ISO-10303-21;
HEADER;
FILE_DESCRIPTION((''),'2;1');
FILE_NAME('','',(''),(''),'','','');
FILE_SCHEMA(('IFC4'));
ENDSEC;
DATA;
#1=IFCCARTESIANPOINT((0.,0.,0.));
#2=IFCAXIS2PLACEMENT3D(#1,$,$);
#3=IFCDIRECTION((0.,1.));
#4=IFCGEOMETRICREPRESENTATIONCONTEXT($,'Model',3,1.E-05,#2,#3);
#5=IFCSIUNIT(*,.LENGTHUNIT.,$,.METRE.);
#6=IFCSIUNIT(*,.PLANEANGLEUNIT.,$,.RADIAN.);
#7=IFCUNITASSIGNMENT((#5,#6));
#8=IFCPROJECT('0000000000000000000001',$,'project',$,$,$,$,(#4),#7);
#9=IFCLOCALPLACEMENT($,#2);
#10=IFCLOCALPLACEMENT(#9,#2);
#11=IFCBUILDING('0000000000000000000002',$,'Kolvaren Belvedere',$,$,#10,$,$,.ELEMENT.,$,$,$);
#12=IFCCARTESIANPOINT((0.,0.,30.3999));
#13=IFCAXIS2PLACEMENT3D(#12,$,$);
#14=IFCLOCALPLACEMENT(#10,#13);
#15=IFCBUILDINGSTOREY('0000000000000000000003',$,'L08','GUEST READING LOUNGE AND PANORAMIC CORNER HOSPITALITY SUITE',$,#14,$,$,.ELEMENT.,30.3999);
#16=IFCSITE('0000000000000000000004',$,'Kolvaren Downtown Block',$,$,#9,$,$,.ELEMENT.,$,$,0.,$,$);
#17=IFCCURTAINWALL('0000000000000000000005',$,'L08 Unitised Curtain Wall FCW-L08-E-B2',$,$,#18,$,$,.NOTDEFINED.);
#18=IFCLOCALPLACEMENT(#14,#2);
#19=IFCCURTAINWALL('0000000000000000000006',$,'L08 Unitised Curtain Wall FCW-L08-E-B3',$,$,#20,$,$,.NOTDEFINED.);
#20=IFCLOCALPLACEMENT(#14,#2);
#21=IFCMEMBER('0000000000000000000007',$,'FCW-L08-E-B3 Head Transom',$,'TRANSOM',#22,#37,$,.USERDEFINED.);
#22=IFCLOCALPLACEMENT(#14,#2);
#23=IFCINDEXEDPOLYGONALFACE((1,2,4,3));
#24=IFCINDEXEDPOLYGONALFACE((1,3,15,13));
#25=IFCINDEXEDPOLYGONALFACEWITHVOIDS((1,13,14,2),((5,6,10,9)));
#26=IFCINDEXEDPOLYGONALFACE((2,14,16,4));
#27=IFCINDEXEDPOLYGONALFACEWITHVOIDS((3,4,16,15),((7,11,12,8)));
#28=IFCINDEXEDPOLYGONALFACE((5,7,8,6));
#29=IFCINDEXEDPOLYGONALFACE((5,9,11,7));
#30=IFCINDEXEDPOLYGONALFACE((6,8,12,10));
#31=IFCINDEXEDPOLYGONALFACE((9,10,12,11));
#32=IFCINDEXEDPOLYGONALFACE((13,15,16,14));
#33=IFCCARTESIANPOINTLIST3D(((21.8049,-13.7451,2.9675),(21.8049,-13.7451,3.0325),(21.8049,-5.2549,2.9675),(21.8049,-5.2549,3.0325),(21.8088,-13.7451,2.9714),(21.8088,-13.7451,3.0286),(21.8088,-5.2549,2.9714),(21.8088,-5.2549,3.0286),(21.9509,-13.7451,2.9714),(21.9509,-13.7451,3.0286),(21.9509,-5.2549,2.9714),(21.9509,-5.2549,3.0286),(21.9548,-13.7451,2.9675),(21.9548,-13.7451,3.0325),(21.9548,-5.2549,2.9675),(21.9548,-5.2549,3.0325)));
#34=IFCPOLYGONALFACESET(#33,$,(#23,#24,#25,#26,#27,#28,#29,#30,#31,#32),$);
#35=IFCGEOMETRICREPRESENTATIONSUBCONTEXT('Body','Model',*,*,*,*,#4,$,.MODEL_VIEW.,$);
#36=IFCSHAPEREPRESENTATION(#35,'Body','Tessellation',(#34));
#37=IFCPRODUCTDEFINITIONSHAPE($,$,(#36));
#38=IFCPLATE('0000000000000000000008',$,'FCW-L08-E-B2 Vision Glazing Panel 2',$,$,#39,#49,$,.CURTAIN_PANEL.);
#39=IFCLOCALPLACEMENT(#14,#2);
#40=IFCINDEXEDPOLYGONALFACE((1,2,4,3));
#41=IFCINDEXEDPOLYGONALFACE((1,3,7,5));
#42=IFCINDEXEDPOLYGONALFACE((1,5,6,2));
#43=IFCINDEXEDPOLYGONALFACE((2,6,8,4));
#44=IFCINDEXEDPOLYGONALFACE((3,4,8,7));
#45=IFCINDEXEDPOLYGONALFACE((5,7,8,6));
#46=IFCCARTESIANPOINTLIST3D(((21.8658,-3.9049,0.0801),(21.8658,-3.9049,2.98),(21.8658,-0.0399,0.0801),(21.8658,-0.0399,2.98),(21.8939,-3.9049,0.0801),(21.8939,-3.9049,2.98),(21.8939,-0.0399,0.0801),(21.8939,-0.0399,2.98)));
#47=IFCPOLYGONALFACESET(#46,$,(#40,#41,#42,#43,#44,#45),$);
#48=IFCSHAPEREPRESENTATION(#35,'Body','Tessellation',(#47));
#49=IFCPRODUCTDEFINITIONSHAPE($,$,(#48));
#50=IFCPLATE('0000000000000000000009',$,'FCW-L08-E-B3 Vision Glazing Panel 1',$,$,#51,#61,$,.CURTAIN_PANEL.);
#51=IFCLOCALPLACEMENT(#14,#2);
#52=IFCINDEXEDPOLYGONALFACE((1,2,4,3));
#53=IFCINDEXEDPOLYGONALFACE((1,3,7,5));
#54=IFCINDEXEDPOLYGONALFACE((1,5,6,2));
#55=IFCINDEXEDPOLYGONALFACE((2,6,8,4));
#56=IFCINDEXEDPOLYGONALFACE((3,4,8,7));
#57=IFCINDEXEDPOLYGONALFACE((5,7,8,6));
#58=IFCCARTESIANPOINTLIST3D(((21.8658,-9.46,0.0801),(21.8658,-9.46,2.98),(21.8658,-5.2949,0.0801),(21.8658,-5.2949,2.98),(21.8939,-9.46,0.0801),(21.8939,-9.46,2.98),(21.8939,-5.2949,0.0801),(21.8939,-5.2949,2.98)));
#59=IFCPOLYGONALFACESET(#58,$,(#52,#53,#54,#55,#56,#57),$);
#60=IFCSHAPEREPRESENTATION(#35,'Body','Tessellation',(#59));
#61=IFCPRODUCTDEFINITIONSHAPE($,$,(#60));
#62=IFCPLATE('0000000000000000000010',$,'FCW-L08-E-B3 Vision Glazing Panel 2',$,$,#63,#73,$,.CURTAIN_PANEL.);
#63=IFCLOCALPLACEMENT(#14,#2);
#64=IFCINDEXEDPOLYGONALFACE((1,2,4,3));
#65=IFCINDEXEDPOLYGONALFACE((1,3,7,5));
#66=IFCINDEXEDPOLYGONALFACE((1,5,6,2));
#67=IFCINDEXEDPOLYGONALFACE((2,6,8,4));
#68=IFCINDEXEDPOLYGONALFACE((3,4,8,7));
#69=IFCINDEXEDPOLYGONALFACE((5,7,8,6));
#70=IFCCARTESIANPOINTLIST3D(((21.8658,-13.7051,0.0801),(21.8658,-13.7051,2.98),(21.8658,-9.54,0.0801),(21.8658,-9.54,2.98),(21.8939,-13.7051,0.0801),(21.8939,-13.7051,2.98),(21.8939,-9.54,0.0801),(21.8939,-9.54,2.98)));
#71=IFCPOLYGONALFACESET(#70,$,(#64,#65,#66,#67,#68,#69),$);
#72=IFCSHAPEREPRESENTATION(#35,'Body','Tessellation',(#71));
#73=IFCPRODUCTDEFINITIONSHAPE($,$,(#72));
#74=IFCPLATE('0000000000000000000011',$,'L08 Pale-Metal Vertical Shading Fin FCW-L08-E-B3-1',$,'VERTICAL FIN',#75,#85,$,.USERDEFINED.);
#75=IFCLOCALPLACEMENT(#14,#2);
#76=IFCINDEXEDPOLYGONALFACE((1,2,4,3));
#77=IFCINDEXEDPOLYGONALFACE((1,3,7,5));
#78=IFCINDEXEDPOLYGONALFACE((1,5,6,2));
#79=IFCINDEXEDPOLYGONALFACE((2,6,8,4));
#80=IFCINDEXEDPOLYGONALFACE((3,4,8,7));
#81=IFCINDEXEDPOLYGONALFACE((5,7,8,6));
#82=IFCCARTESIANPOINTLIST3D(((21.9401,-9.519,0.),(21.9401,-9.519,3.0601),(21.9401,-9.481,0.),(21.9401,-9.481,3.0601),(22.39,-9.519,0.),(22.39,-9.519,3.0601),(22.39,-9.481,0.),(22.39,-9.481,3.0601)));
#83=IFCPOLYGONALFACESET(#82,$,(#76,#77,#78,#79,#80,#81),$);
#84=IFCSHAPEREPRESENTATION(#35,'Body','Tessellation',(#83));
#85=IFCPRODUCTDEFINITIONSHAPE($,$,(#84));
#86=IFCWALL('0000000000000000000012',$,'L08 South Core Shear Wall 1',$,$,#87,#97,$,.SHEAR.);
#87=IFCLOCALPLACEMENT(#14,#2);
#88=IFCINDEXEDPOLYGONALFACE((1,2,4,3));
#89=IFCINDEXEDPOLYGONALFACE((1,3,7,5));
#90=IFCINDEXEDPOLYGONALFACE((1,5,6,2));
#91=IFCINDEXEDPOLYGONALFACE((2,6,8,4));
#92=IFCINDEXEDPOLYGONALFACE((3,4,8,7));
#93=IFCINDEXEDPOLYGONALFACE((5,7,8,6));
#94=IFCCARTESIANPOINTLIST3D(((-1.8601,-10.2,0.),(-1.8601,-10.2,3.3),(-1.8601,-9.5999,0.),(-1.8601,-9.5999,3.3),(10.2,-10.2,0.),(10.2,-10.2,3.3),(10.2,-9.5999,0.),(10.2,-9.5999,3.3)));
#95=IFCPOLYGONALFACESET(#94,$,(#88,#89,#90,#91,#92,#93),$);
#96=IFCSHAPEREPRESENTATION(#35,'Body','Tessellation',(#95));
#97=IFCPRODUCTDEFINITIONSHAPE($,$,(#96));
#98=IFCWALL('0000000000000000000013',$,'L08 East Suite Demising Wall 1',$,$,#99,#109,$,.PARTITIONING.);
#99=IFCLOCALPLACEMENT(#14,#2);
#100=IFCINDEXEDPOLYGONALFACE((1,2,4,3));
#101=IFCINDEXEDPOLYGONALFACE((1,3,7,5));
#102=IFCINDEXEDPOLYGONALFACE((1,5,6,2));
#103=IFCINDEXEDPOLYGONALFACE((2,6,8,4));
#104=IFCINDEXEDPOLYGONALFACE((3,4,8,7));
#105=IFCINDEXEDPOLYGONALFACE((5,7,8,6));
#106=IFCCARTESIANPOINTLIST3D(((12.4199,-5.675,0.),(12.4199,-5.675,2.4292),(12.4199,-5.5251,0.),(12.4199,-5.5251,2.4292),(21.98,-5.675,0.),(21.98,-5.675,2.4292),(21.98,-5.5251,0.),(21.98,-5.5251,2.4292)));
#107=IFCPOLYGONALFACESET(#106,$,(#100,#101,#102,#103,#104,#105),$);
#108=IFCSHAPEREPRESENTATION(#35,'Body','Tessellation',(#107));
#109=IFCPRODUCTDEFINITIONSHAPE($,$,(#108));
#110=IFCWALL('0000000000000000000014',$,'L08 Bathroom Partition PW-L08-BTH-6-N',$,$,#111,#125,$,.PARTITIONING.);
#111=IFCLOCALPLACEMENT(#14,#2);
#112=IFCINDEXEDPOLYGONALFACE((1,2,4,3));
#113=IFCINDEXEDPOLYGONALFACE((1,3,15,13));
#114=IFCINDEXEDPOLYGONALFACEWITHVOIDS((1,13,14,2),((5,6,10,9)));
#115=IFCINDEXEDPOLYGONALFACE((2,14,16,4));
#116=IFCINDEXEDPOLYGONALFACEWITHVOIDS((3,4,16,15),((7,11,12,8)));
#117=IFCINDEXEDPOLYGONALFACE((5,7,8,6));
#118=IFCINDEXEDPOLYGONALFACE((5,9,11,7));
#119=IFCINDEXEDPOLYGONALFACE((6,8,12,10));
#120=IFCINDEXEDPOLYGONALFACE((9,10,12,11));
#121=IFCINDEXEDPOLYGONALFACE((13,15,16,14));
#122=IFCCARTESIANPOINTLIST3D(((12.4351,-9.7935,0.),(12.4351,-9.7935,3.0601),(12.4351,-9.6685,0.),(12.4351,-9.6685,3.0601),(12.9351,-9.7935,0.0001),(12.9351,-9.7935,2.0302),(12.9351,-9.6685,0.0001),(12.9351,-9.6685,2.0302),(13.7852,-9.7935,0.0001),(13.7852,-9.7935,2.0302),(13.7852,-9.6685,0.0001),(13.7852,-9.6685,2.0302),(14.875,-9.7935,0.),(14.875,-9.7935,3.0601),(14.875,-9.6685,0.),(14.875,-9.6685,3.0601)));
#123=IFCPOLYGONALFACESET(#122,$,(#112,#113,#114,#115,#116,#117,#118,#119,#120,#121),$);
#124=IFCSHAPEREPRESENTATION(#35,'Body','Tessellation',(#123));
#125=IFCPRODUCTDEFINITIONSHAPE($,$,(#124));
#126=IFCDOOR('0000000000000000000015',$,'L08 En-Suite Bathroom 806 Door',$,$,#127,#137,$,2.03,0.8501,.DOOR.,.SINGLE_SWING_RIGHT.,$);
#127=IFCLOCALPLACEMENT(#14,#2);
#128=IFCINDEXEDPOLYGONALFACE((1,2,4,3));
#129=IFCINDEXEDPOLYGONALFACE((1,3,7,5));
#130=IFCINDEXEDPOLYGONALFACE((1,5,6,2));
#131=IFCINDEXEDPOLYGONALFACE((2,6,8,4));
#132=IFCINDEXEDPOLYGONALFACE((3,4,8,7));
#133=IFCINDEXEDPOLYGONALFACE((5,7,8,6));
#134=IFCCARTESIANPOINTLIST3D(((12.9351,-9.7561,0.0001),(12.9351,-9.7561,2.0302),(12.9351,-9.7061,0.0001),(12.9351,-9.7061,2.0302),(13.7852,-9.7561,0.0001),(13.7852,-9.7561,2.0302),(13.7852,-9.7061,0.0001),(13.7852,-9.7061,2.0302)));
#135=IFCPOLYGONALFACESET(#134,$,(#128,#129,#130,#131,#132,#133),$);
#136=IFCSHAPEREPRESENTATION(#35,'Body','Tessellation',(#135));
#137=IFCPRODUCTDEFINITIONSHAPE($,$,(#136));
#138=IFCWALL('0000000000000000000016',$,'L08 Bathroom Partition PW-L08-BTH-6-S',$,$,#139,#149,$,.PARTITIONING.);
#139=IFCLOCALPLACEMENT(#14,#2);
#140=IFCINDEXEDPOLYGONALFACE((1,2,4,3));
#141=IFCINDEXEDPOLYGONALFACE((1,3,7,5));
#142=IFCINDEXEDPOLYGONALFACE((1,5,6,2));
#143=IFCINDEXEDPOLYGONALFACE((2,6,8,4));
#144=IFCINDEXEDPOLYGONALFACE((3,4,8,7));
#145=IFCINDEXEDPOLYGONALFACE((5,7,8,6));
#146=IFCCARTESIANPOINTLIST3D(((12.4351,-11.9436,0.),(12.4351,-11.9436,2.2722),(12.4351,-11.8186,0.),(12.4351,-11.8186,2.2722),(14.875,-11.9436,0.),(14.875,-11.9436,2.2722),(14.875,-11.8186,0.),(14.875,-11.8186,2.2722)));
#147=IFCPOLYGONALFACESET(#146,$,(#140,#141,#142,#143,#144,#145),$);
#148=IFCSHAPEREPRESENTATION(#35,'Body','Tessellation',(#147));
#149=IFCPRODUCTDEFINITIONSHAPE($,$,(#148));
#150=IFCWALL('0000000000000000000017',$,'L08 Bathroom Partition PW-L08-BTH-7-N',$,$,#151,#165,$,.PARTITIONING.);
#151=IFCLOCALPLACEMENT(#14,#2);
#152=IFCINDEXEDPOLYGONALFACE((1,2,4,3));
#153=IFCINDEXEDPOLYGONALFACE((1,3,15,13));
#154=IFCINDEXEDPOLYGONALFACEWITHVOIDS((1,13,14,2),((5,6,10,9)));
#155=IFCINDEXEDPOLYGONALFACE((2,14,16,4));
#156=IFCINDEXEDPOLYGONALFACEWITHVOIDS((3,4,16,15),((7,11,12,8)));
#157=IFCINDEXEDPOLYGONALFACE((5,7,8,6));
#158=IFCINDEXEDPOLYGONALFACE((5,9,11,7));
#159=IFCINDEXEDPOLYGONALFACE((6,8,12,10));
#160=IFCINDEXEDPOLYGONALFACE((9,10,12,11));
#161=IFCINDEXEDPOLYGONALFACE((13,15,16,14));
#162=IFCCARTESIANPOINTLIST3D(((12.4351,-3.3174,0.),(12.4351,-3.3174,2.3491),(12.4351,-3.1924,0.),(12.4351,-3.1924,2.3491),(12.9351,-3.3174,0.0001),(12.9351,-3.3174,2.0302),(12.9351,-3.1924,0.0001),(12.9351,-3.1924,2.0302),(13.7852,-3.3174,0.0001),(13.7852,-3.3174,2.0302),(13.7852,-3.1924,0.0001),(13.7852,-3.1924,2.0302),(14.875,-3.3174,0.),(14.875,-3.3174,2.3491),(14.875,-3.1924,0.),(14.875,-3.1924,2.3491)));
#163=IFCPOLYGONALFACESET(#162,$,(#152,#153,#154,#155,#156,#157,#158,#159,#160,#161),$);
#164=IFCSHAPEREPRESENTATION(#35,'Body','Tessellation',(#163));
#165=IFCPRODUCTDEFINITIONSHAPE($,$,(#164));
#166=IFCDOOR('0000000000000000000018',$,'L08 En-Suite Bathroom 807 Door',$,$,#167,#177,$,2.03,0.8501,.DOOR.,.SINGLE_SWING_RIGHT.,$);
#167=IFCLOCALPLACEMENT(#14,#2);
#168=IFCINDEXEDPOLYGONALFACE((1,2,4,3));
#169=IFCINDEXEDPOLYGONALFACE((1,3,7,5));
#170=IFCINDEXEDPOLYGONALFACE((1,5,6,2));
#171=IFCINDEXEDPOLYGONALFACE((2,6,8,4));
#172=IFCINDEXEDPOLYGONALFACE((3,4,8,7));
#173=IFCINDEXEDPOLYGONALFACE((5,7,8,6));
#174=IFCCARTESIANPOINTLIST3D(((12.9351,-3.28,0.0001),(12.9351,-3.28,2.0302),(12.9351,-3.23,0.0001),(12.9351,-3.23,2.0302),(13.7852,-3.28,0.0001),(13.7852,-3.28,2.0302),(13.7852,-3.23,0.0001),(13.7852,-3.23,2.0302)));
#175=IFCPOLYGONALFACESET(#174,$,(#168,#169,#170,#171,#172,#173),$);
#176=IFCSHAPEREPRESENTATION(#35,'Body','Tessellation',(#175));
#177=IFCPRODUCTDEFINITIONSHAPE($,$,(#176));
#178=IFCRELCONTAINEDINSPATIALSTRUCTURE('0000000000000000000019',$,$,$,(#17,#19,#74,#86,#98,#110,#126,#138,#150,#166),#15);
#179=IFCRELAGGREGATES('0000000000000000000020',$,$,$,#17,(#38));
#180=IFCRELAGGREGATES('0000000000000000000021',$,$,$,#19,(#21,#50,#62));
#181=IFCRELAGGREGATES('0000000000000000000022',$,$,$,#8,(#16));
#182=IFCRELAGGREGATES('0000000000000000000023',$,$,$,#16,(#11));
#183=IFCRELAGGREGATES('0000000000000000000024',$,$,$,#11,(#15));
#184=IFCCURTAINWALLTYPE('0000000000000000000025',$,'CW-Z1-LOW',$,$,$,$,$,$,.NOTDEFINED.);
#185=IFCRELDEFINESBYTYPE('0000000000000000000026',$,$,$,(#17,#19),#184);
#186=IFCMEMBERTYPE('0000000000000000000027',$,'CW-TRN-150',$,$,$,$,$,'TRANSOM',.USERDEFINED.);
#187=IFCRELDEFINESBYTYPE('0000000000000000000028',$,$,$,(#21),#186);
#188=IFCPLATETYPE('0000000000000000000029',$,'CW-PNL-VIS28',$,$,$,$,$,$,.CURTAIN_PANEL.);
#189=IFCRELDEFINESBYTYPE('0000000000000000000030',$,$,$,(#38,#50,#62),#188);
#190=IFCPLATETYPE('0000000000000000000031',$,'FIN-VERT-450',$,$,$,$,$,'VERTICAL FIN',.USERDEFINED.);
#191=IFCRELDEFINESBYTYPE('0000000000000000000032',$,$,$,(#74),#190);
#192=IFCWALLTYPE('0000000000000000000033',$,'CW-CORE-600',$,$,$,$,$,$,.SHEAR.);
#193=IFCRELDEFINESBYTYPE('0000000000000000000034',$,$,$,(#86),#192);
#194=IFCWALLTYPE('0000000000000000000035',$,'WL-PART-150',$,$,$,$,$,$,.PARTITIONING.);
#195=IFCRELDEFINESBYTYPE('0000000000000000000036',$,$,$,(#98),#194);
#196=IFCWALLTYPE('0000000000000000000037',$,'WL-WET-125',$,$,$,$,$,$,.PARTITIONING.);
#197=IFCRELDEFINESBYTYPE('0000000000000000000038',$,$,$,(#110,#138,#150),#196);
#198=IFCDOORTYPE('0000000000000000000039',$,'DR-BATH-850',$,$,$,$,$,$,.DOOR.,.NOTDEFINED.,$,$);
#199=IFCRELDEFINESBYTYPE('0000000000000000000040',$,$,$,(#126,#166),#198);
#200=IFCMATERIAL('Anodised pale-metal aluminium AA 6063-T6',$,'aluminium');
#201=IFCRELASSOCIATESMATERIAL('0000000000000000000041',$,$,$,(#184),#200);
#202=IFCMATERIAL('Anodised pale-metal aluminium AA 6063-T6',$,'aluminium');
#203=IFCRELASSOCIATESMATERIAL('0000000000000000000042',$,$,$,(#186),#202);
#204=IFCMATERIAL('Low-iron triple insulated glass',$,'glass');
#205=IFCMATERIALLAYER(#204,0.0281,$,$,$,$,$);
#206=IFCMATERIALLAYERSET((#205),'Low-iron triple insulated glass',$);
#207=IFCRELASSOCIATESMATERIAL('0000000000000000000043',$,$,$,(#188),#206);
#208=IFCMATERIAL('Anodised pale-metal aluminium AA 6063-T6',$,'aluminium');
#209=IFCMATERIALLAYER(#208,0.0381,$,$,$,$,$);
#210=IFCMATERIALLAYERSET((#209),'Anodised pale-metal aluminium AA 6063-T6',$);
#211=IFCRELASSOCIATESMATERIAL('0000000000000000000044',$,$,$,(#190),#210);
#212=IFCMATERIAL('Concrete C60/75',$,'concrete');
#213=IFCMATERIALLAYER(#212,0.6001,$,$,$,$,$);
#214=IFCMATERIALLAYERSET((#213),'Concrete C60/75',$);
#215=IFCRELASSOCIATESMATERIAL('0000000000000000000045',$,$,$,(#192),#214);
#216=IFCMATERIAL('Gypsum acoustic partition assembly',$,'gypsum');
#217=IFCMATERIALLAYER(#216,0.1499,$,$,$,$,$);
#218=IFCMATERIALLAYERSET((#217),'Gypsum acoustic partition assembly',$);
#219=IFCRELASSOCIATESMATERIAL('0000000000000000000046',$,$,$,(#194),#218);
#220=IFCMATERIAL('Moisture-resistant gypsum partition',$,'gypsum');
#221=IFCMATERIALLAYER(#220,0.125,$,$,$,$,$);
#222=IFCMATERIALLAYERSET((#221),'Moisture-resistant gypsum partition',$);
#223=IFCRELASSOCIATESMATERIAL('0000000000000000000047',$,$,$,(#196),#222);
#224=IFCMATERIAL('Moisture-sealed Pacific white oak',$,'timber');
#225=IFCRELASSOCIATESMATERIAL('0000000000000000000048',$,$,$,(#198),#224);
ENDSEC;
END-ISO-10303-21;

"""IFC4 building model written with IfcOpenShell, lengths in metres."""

from ifc_helpers import new_model, si_unit, direction, frame, frame_2d, origin, origin_2d, place, context, subcontext, project, spatial, rectangle, hollow_rectangle, extrude, material, layer, layer_set, material_profile, profile_set, type_object, element, fill, aggregate, save


model = new_model("IFC4")

# Units and contexts
model_context = context("Model", 3, precision=1e-05, world=origin(), true_north=direction((0.0, 1.0)))
body_context = subcontext(model_context, "Body", "Model", "MODEL_VIEW")
ifc_project = project(units=[si_unit("LENGTHUNIT", "METRE"), si_unit("PLANEANGLEUNIT", "RADIAN")], contexts=[model_context])

# Site, building, storey
site_placement = place(None, origin())
site = spatial("IfcSite", under=ifc_project, at=site_placement, Name="Kolvaren Downtown Block", CompositionType="ELEMENT", RefElevation=0.0)
building_placement = place(site_placement, origin())
building = spatial("IfcBuilding", under=site, at=building_placement, Name="Kolvaren Belvedere", CompositionType="ELEMENT")
storey_placement = place(building_placement, frame((0.0, 0.0, 30.3999)))
storey = spatial("IfcBuildingStorey", under=building, at=storey_placement, Name="L08", Description="GUEST READING LOUNGE AND PANORAMIC CORNER HOSPITALITY SUITE", CompositionType="ELEMENT", Elevation=30.3999)

# Curtain walls, member
ifc_material_1 = material(Name="Anodised pale-metal aluminium AA 6063-T6", Category="aluminium")
curtain_wall_type = type_object("IfcCurtainWallType", Name="CW-Z1-LOW", PredefinedType="NOTDEFINED", material=ifc_material_1)
curtain_wall_1_placement = place(storey_placement, origin())
curtain_wall_1 = element("IfcCurtainWall", 1, at=curtain_wall_1_placement, inside=storey, type_object=curtain_wall_type, Name="L08 Unitised Curtain Wall FCW-L08-E-B2", PredefinedType="NOTDEFINED")
curtain_wall_2_placement = place(storey_placement, origin())
curtain_wall_2 = element("IfcCurtainWall", 2, at=curtain_wall_2_placement, inside=storey, type_object=curtain_wall_type, Name="L08 Unitised Curtain Wall FCW-L08-E-B3", PredefinedType="NOTDEFINED")
ifc_material_2 = material(Name="Anodised pale-metal aluminium AA 6063-T6", Category="aluminium")
ifc_material_profile_1 = material_profile(ifc_material_2, hollow_rectangle(XDim=0.0649, YDim=0.1499, WallThickness=0.0039, at=origin_2d()), Name="ALU-TRN-150X65")
ifc_profile_set_1 = profile_set([ifc_material_profile_1], Name="Anodised pale-metal aluminium AA 6063-T6")
member_type_1 = type_object("IfcMemberType", Name="CW-TRN-150", ElementType="TRANSOM", PredefinedType="USERDEFINED", material=ifc_profile_set_1)
member_1_placement = place(storey_placement, frame((21.8799, -5.2549, 3.0), z_axis=(0.0, -1.0, 0.0), x_axis=(0.0, 0.0, 1.0)))
member_1 = element("IfcMember", 3, at=member_1_placement, type_object=member_type_1, Name="FCW-L08-E-B3 Head Transom", ObjectType="TRANSOM", PredefinedType="USERDEFINED", context=body_context, shape_type="SweptSolid", body=[
    extrude(hollow_rectangle(XDim=0.0649, YDim=0.1499, WallThickness=0.0039, at=origin_2d()), origin(), (0.0, 0.0, 1.0), 8.4902),
])

# Plates
ifc_material_3 = material(Name="Low-iron triple insulated glass", Category="glass")
ifc_layer_1 = layer(ifc_material_3, 0.0281)
ifc_layer_set_1 = layer_set([ifc_layer_1], Name="Low-iron triple insulated glass")
plate_type_1 = type_object("IfcPlateType", Name="CW-PNL-VIS28", PredefinedType="CURTAIN_PANEL", material=ifc_layer_set_1)
plate_1_placement = place(storey_placement, frame((21.8799, -1.9724, 0.0801), z_axis=(0.0, 0.0, 1.0), x_axis=(0.0, -1.0, 0.0)))
plate_1 = element("IfcPlate", 4, at=plate_1_placement, type_object=plate_type_1, Name="FCW-L08-E-B2 Vision Glazing Panel 2", PredefinedType="CURTAIN_PANEL", context=body_context, shape_type="SweptSolid", body=[
    extrude(rectangle(XDim=3.865, YDim=0.0281, at=origin_2d()), origin(), (0.0, 0.0, 1.0), 2.8999),
])
aggregate(curtain_wall_1, [plate_1])
plate_2_placement = place(storey_placement, frame((21.8799, -7.3774, 0.0801), z_axis=(0.0, 0.0, 1.0), x_axis=(0.0, -1.0, 0.0)))
plate_2 = element("IfcPlate", 5, at=plate_2_placement, type_object=plate_type_1, Name="FCW-L08-E-B3 Vision Glazing Panel 1", PredefinedType="CURTAIN_PANEL", context=body_context, shape_type="SweptSolid", body=[
    extrude(rectangle(XDim=4.165, YDim=0.0281, at=origin_2d()), origin(), (0.0, 0.0, 1.0), 2.8999),
])
plate_3_placement = place(storey_placement, frame((21.8799, -11.6226, 0.0801), z_axis=(0.0, 0.0, 1.0), x_axis=(0.0, -1.0, 0.0)))
plate_3 = element("IfcPlate", 6, at=plate_3_placement, type_object=plate_type_1, Name="FCW-L08-E-B3 Vision Glazing Panel 2", PredefinedType="CURTAIN_PANEL", context=body_context, shape_type="SweptSolid", body=[
    extrude(rectangle(XDim=4.165, YDim=0.0281, at=origin_2d()), origin(), (0.0, 0.0, 1.0), 2.8999),
])
aggregate(curtain_wall_2, [member_1, plate_2, plate_3])
ifc_material_4 = material(Name="Anodised pale-metal aluminium AA 6063-T6", Category="aluminium")
ifc_layer_2 = layer(ifc_material_4, 0.0381)
ifc_layer_set_2 = layer_set([ifc_layer_2], Name="Anodised pale-metal aluminium AA 6063-T6")
plate_type_2 = type_object("IfcPlateType", Name="FIN-VERT-450", ElementType="VERTICAL FIN", PredefinedType="USERDEFINED", material=ifc_layer_set_2)
plate_4_placement = place(storey_placement, frame((22.165, -9.5, 0.0), z_axis=(0.0, 0.0, 1.0), x_axis=(1.0, 0.0, 0.0)))
element("IfcPlate", 7, at=plate_4_placement, inside=storey, type_object=plate_type_2, Name="L08 Pale-Metal Vertical Shading Fin FCW-L08-E-B3-1", ObjectType="VERTICAL FIN", PredefinedType="USERDEFINED", context=body_context, shape_type="SweptSolid", body=[
    extrude(rectangle(XDim=0.45, YDim=0.0381, at=origin_2d()), origin(), (0.0, 0.0, 1.0), 3.0601),
])

# Walls
ifc_material_5 = material(Name="Concrete C60/75", Category="concrete")
ifc_layer_3 = layer(ifc_material_5, 0.6001)
ifc_layer_set_3 = layer_set([ifc_layer_3], Name="Concrete C60/75")
wall_type_1 = type_object("IfcWallType", Name="CW-CORE-600", PredefinedType="SHEAR", material=ifc_layer_set_3)
wall_1_placement = place(storey_placement, frame((10.2, -9.8999, 0.0), z_axis=(0.0, 0.0, 1.0), x_axis=(-1.0, 0.0, 0.0)))
element("IfcWall", 8, at=wall_1_placement, inside=storey, type_object=wall_type_1, Name="L08 South Core Shear Wall 1", PredefinedType="SHEAR", context=body_context, shape_type="SweptSolid", body=[
    extrude(rectangle(XDim=12.0601, YDim=0.6001, at=frame_2d((6.03, 0.0))), origin(), (0.0, 0.0, 1.0), 3.3),
])
ifc_material_6 = material(Name="Gypsum acoustic partition assembly", Category="gypsum")
ifc_layer_4 = layer(ifc_material_6, 0.1499)
ifc_layer_set_4 = layer_set([ifc_layer_4], Name="Gypsum acoustic partition assembly")
wall_type_2 = type_object("IfcWallType", Name="WL-PART-150", PredefinedType="PARTITIONING", material=ifc_layer_set_4)
wall_2_placement = place(storey_placement, frame((12.4199, -5.6001, 0.0), z_axis=(0.0, 0.0, 1.0), x_axis=(1.0, 0.0, 0.0)))
element("IfcWall", 9, at=wall_2_placement, inside=storey, type_object=wall_type_2, Name="L08 East Suite Demising Wall 1", PredefinedType="PARTITIONING", context=body_context, shape_type="SweptSolid", body=[
    extrude(rectangle(XDim=9.5601, YDim=0.1499, at=frame_2d((4.78, 0.0))), origin(), (0.0, 0.0, 1.0), 2.4292),
])

# Wall, opening, door
ifc_material_7 = material(Name="Moisture-resistant gypsum partition", Category="gypsum")
ifc_layer_5 = layer(ifc_material_7, 0.125)
ifc_layer_set_5 = layer_set([ifc_layer_5], Name="Moisture-resistant gypsum partition")
wall_type_3 = type_object("IfcWallType", Name="WL-WET-125", PredefinedType="PARTITIONING", material=ifc_layer_set_5)
wall_3_placement = place(storey_placement, frame((12.4351, -9.731, 0.0), z_axis=(0.0, 0.0, 1.0), x_axis=(1.0, 0.0, 0.0)))
wall_3 = element("IfcWall", 10, at=wall_3_placement, inside=storey, type_object=wall_type_3, Name="L08 Bathroom Partition PW-L08-BTH-6-N", PredefinedType="PARTITIONING", context=body_context, shape_type="SweptSolid", body=[
    extrude(rectangle(XDim=2.4399, YDim=0.125, at=frame_2d((1.22, 0.0))), origin(), (0.0, 0.0, 1.0), 3.0601),
])
opening_1_placement = place(wall_3_placement, frame((0.5, 0.0, 0.0)))
opening_1 = element("IfcOpeningElement", 11, at=opening_1_placement, cuts=wall_3, PredefinedType="OPENING", context=body_context, shape_type="SweptSolid", body=[
    extrude(rectangle(XDim=0.8501, YDim=2.03, at=frame_2d((0.425, 1.0151))), frame((0.0, 0.0725, 0.0), z_axis=(0.0, -1.0, 0.0), x_axis=(1.0, 0.0, 0.0)), (0.0, 0.0, 1.0), 0.145),
])
ifc_material_8 = material(Name="Moisture-sealed Pacific white oak", Category="timber")
door_type = type_object("IfcDoorType", Name="DR-BATH-850", OperationType="NOTDEFINED", PredefinedType="DOOR", material=ifc_material_8)
door_1_placement = place(opening_1_placement, origin())
door_1 = element("IfcDoor", 12, at=door_1_placement, inside=storey, type_object=door_type, Name="L08 En-Suite Bathroom 806 Door", OperationType="SINGLE_SWING_RIGHT", OverallHeight=2.03, OverallWidth=0.8501, PredefinedType="DOOR", context=body_context, shape_type="SweptSolid", body=[
    extrude(rectangle(XDim=0.8501, YDim=2.03, at=frame_2d((0.425, 1.0151))), frame((0.0, 0.0249, 0.0), z_axis=(0.0, -1.0, 0.0), x_axis=(1.0, 0.0, 0.0)), (0.0, 0.0, 1.0), 0.05),
])
fill(opening_1, door_1)

# Wall
wall_4_placement = place(storey_placement, frame((12.4351, -11.8811, 0.0), z_axis=(0.0, 0.0, 1.0), x_axis=(1.0, 0.0, 0.0)))
element("IfcWall", 13, at=wall_4_placement, inside=storey, type_object=wall_type_3, Name="L08 Bathroom Partition PW-L08-BTH-6-S", PredefinedType="PARTITIONING", context=body_context, shape_type="SweptSolid", body=[
    extrude(rectangle(XDim=2.4399, YDim=0.125, at=frame_2d((1.22, 0.0))), origin(), (0.0, 0.0, 1.0), 2.2722),
])

# Wall, opening, door
wall_5_placement = place(storey_placement, frame((12.4351, -3.2549, 0.0), z_axis=(0.0, 0.0, 1.0), x_axis=(1.0, 0.0, 0.0)))
wall_5 = element("IfcWall", 14, at=wall_5_placement, inside=storey, type_object=wall_type_3, Name="L08 Bathroom Partition PW-L08-BTH-7-N", PredefinedType="PARTITIONING", context=body_context, shape_type="SweptSolid", body=[
    extrude(rectangle(XDim=2.4399, YDim=0.125, at=frame_2d((1.22, 0.0))), origin(), (0.0, 0.0, 1.0), 2.3491),
])
opening_2_placement = place(wall_5_placement, frame((0.5, 0.0, 0.0)))
opening_2 = element("IfcOpeningElement", 15, at=opening_2_placement, cuts=wall_5, PredefinedType="OPENING", context=body_context, shape_type="SweptSolid", body=[
    extrude(rectangle(XDim=0.8501, YDim=2.03, at=frame_2d((0.425, 1.0151))), frame((0.0, 0.0725, 0.0), z_axis=(0.0, -1.0, 0.0), x_axis=(1.0, 0.0, 0.0)), (0.0, 0.0, 1.0), 0.145),
])
door_2_placement = place(opening_2_placement, origin())
door_2 = element("IfcDoor", 16, at=door_2_placement, inside=storey, type_object=door_type, Name="L08 En-Suite Bathroom 807 Door", OperationType="SINGLE_SWING_RIGHT", OverallHeight=2.03, OverallWidth=0.8501, PredefinedType="DOOR", context=body_context, shape_type="SweptSolid", body=[
    extrude(rectangle(XDim=0.8501, YDim=2.03, at=frame_2d((0.425, 1.0151))), frame((0.0, 0.0249, 0.0), z_axis=(0.0, -1.0, 0.0), x_axis=(1.0, 0.0, 0.0)), (0.0, 0.0, 1.0), 0.05),
])
fill(opening_2, door_2)

save(model, "model.ifc")
